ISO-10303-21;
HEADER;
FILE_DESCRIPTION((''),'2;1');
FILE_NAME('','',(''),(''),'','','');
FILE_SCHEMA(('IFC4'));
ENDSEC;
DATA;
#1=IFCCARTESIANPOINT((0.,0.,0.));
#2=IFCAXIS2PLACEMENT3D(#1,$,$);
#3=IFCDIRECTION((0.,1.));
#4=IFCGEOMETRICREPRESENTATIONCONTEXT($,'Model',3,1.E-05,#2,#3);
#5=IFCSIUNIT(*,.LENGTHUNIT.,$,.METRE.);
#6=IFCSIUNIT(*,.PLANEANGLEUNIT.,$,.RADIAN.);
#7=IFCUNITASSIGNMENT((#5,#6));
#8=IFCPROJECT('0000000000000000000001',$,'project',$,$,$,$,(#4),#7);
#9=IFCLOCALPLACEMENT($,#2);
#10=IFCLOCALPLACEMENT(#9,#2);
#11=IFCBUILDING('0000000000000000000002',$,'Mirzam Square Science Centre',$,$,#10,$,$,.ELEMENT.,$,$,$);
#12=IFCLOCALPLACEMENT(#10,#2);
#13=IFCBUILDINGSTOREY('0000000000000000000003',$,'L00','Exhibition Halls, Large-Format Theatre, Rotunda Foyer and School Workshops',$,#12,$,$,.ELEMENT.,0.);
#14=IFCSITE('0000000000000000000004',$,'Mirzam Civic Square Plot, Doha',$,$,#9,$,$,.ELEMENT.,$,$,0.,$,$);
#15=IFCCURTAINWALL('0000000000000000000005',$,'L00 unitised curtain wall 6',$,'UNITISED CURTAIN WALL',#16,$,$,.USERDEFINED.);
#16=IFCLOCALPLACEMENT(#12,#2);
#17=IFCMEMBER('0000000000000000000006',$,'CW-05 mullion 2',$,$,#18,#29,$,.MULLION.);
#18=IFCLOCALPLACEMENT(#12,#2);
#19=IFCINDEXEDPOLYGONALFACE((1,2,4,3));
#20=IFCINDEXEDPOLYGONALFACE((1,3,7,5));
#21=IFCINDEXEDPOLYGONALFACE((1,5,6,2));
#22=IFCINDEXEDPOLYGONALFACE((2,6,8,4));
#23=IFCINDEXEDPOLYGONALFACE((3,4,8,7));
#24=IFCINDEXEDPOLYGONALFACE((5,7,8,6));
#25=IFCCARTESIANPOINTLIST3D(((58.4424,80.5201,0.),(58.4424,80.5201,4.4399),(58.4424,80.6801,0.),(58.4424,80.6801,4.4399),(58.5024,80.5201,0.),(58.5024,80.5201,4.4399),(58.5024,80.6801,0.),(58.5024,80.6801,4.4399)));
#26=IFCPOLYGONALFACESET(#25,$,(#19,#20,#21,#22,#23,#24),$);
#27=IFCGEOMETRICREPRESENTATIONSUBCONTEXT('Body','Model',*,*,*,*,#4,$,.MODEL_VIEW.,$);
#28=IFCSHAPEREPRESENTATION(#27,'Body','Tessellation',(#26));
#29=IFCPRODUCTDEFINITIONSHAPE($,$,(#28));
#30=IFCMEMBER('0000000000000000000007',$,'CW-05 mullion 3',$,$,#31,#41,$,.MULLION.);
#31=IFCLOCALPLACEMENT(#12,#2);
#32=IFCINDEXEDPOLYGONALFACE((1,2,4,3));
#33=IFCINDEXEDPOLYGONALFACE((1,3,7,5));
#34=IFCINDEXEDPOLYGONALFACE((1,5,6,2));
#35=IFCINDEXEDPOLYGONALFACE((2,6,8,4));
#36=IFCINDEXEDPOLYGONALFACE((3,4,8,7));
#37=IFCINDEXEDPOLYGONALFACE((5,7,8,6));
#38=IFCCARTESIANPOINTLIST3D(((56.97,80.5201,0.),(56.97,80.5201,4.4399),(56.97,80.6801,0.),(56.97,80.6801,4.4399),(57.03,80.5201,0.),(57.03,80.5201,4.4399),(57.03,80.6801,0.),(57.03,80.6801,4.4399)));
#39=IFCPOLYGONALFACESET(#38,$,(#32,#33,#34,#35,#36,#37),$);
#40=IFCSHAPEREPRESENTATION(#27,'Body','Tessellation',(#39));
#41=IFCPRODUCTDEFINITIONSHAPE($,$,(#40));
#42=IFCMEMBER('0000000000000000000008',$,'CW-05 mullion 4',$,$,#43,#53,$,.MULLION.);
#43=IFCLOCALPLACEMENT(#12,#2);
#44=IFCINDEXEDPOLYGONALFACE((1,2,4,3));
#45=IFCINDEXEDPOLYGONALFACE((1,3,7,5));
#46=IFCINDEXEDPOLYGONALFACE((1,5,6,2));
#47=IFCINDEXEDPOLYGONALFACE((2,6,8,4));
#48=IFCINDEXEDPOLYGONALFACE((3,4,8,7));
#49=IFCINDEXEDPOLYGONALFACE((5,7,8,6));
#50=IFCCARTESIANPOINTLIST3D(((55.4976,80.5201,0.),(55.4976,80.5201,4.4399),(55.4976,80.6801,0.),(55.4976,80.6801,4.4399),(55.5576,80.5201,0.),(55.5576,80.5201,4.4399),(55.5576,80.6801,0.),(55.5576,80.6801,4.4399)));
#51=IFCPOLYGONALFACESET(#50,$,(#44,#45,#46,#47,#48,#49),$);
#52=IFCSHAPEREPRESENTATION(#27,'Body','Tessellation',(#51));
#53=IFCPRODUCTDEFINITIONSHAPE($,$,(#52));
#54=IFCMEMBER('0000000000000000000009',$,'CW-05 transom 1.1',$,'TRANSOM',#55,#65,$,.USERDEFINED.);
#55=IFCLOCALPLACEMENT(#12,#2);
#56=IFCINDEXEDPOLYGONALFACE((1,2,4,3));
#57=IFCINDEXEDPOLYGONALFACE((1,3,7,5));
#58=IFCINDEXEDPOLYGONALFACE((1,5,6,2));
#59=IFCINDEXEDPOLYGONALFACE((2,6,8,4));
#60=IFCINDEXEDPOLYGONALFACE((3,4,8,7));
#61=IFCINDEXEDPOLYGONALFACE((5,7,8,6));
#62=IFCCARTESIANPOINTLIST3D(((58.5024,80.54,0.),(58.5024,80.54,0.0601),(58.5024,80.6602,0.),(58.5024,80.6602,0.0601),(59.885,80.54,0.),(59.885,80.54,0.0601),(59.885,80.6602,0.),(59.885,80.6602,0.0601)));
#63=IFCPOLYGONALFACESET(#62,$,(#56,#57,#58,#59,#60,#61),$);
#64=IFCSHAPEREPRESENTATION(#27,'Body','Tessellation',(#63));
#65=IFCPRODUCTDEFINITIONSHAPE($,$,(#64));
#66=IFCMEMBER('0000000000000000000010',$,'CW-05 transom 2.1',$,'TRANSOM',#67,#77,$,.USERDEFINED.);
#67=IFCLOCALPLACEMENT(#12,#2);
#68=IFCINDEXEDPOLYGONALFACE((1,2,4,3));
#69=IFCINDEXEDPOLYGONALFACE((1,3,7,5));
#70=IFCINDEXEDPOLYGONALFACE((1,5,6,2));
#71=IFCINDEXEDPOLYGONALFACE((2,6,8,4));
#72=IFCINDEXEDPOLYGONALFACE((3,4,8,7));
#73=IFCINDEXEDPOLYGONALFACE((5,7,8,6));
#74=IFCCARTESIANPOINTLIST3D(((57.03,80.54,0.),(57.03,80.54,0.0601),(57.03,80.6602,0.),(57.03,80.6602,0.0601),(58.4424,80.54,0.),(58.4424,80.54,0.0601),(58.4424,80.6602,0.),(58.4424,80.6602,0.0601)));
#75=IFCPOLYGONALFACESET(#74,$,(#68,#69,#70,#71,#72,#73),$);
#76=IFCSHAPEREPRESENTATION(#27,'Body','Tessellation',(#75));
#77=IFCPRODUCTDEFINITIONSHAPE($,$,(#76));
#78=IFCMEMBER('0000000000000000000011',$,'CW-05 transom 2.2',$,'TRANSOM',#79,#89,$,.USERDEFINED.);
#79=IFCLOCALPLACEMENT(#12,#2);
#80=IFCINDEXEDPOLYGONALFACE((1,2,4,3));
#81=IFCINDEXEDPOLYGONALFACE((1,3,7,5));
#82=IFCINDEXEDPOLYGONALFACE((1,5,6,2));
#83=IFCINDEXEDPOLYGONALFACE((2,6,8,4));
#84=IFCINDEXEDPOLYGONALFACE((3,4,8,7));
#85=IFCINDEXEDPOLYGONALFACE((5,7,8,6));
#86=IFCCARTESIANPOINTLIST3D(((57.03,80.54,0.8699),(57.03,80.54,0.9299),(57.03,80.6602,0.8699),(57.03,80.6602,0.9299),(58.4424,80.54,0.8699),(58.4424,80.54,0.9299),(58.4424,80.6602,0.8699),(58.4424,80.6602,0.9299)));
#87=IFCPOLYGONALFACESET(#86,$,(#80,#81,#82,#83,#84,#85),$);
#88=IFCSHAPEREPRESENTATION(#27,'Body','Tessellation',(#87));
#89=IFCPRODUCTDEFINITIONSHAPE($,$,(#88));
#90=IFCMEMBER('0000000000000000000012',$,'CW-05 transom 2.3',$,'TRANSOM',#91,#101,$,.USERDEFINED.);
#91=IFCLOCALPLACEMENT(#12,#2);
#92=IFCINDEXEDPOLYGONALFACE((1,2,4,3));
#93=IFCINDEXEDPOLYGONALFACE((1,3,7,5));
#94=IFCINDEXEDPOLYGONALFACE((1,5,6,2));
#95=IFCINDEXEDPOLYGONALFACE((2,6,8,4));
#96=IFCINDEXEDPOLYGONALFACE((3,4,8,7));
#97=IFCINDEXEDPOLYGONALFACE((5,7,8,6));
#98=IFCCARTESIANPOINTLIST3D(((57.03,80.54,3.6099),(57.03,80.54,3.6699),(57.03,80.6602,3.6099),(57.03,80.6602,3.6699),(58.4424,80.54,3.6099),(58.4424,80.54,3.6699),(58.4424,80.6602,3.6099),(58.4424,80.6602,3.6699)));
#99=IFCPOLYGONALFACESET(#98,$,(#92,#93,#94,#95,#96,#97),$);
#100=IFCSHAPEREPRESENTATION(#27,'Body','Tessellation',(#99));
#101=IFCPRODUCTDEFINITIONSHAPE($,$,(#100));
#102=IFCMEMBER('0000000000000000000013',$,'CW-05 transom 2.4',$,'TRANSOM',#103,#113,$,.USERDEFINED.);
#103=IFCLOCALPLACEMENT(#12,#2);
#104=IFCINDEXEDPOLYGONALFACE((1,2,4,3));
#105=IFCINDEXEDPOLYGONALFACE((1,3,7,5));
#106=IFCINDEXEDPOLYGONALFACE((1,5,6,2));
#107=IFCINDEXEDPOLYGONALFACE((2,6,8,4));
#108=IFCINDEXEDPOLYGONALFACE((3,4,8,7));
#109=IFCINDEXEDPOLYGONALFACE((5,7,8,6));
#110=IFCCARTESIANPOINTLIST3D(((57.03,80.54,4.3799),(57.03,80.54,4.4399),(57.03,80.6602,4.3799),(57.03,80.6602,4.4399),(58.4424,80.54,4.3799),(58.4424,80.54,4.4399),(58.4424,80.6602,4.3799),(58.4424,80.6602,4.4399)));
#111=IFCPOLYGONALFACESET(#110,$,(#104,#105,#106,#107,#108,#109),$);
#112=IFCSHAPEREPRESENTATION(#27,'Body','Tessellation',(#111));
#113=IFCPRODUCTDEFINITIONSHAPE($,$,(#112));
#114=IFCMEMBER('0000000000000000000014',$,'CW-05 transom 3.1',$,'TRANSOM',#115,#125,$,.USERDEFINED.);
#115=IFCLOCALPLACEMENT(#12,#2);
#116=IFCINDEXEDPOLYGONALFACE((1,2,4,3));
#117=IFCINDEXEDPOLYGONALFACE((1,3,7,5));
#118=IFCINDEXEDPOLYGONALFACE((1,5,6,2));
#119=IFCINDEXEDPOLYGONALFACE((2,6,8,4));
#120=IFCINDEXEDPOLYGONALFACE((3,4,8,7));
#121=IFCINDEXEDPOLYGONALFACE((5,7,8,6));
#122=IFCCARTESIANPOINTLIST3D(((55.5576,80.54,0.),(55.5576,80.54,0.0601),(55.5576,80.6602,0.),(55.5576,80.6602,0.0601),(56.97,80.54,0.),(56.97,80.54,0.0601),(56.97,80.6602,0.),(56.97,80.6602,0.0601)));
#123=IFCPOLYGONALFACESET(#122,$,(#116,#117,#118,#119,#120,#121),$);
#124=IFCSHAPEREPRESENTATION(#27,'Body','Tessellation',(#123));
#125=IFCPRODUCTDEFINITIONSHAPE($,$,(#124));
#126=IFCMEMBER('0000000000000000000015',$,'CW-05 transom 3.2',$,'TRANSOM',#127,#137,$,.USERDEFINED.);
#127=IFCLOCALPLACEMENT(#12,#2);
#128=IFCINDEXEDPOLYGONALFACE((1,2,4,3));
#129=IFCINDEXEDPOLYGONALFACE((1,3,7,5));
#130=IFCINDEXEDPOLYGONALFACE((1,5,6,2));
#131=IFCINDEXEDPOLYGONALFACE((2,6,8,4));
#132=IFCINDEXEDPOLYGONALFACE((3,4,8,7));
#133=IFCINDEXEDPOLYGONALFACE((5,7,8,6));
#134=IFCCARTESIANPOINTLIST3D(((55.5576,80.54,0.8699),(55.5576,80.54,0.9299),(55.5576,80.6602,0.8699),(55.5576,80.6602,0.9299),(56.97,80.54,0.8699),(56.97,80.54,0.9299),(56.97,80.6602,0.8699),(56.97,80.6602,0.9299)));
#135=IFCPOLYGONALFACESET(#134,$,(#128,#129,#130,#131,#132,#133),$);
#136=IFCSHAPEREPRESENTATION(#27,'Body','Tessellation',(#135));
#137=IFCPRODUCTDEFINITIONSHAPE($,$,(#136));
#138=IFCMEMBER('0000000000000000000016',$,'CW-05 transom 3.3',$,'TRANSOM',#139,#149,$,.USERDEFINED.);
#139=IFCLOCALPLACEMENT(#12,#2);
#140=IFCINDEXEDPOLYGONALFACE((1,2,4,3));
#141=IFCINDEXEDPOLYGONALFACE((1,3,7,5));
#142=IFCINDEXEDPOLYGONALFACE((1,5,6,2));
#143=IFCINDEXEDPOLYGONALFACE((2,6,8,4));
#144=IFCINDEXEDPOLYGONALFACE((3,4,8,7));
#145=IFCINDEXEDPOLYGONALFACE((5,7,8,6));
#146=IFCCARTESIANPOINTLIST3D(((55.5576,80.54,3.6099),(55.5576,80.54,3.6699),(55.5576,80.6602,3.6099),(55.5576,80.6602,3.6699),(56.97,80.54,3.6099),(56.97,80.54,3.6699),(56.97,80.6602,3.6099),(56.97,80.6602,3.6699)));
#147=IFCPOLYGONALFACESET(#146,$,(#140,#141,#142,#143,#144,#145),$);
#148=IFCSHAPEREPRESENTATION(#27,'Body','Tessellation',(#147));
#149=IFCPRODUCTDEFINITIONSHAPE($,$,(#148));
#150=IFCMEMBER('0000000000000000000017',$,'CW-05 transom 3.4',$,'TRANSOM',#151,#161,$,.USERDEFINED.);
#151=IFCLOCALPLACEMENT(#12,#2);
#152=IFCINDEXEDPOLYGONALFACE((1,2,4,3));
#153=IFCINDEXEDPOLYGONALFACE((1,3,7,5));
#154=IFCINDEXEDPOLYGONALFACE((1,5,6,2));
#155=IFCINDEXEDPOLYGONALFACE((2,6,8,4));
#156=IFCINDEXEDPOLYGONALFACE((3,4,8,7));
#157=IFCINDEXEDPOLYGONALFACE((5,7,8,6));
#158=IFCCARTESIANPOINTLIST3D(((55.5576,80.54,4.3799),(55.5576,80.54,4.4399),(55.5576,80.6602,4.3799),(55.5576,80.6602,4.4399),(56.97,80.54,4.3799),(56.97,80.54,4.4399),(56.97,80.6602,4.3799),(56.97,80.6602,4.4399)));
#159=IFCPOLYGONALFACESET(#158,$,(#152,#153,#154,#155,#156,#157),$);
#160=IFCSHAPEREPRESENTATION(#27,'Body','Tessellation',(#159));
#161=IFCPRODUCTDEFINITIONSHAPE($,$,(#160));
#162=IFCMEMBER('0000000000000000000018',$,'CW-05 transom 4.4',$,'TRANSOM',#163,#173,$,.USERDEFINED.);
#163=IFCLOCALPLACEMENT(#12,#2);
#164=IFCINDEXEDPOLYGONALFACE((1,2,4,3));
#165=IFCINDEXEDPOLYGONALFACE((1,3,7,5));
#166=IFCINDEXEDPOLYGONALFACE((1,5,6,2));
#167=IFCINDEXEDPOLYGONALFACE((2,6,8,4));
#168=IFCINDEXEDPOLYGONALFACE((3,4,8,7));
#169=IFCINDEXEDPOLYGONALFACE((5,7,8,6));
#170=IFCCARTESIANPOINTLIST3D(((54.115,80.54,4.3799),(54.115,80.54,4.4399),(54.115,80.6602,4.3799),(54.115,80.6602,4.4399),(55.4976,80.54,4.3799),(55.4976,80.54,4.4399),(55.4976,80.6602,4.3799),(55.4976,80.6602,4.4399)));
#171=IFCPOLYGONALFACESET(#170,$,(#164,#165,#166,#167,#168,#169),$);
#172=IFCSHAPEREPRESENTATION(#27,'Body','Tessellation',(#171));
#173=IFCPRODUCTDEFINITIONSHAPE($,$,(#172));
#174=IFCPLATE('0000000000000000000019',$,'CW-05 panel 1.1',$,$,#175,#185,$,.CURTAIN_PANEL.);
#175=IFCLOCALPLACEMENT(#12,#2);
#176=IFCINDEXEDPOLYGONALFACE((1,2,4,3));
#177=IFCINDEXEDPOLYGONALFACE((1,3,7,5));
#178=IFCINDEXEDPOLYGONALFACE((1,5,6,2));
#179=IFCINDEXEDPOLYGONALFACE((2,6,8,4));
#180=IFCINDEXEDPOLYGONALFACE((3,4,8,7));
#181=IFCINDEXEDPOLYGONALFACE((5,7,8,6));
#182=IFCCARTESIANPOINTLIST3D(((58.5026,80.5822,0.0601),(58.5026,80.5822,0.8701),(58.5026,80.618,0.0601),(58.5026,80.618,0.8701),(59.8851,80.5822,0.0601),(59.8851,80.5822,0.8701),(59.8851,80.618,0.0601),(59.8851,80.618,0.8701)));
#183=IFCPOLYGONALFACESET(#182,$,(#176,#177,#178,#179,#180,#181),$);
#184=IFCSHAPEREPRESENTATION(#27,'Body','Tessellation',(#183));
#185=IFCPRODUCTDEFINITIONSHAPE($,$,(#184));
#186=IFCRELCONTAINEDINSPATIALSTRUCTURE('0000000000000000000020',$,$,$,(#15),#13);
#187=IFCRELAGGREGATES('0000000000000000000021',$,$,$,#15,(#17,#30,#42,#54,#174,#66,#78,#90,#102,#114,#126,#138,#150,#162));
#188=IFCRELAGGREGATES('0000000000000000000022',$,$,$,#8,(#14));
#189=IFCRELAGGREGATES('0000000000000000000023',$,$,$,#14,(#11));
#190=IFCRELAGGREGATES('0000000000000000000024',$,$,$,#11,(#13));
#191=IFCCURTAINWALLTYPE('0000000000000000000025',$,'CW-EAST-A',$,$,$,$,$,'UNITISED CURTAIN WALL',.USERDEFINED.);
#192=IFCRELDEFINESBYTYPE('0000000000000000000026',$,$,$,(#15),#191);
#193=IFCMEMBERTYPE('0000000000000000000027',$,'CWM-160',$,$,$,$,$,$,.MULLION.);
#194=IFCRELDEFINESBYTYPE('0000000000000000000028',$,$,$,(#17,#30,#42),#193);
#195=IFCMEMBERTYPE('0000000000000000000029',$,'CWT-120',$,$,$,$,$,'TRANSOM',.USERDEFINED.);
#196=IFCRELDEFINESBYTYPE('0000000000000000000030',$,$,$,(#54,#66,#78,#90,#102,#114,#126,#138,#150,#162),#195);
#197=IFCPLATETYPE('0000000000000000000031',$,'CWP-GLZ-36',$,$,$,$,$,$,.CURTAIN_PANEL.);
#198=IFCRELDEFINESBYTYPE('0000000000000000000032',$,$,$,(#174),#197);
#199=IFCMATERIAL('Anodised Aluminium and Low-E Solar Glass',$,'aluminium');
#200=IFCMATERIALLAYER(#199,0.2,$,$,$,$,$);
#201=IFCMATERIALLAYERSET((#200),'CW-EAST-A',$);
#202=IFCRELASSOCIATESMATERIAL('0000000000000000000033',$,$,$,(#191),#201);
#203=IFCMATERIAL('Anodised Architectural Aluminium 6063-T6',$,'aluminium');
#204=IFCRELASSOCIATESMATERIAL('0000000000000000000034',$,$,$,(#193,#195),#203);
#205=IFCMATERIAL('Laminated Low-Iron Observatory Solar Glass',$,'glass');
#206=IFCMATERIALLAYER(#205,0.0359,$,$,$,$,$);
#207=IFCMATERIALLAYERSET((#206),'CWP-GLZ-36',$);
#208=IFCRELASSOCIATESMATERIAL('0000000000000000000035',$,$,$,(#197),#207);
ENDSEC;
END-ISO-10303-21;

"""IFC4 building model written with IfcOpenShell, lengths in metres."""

from ifc_helpers import new_model, si_unit, direction, frame, origin, origin_2d, place, context, subcontext, project, spatial, rectangle, extrude, material, layer, layer_set, material_profile, profile_set, type_object, element, aggregate, save


model = new_model("IFC4")

# Units and contexts
model_context = context("Model", 3, precision=1e-05, world=origin(), true_north=direction((0.0, 1.0)))
body_context = subcontext(model_context, "Body", "Model", "MODEL_VIEW")
ifc_project = project(units=[si_unit("LENGTHUNIT", "METRE"), si_unit("PLANEANGLEUNIT", "RADIAN")], contexts=[model_context])

# Site, building, storey
site_placement = place(None, origin())
site = spatial("IfcSite", under=ifc_project, at=site_placement, Name="Mirzam Civic Square Plot, Doha", CompositionType="ELEMENT", RefElevation=0.0)
building_placement = place(site_placement, origin())
building = spatial("IfcBuilding", under=site, at=building_placement, Name="Mirzam Square Science Centre", CompositionType="ELEMENT")
storey_placement = place(building_placement, origin())
storey = spatial("IfcBuildingStorey", under=building, at=storey_placement, Name="L00", Description="Exhibition Halls, Large-Format Theatre, Rotunda Foyer and School Workshops", CompositionType="ELEMENT", Elevation=0.0)

# Curtain wall, members, plate
ifc_material_1 = material(Name="Anodised Aluminium and Low-E Solar Glass", Category="aluminium")
ifc_layer_1 = layer(ifc_material_1, 0.2)
ifc_layer_set_1 = layer_set([ifc_layer_1], Name="CW-EAST-A")
curtain_wall_type = type_object("IfcCurtainWallType", Name="CW-EAST-A", ElementType="UNITISED CURTAIN WALL", PredefinedType="USERDEFINED", material=ifc_layer_set_1)
curtain_wall_placement = place(storey_placement, origin())
curtain_wall = element("IfcCurtainWall", 1, at=curtain_wall_placement, inside=storey, type_object=curtain_wall_type, Name="L00 unitised curtain wall 6", ObjectType="UNITISED CURTAIN WALL", PredefinedType="USERDEFINED")
ifc_material_2 = material(Name="Anodised Architectural Aluminium 6063-T6", Category="aluminium")
ifc_material_profile_1 = material_profile(ifc_material_2, rectangle(XDim=0.0601, YDim=0.1599, at=origin_2d()), Name="ALU-MULL-160x60x4")
ifc_profile_set_1 = profile_set([ifc_material_profile_1], Name="Anodised Architectural Aluminium 6063-T6")
member_type_1 = type_object("IfcMemberType", Name="CWM-160", PredefinedType="MULLION", material=ifc_profile_set_1)
member_1_placement = place(storey_placement, frame((58.4724, 80.6001, 0.0), z_axis=(0.0, 0.0, 1.0), x_axis=(-1.0, 0.0, 0.0)))
member_1 = element("IfcMember", 2, at=member_1_placement, type_object=member_type_1, Name="CW-05 mullion 2", PredefinedType="MULLION", context=body_context, shape_type="SweptSolid", body=[
    extrude(rectangle(XDim=0.0601, YDim=0.1599, at=origin_2d()), origin(), (0.0, 0.0, 1.0), 4.4399),
])
member_2_placement = place(storey_placement, frame((57.0, 80.6001, 0.0), z_axis=(0.0, 0.0, 1.0), x_axis=(-1.0, 0.0, 0.0)))
member_2 = element("IfcMember", 3, at=member_2_placement, type_object=member_type_1, Name="CW-05 mullion 3", PredefinedType="MULLION", context=body_context, shape_type="SweptSolid", body=[
    extrude(rectangle(XDim=0.0601, YDim=0.1599, at=origin_2d()), origin(), (0.0, 0.0, 1.0), 4.4399),
])
member_3_placement = place(storey_placement, frame((55.5276, 80.6001, 0.0), z_axis=(0.0, 0.0, 1.0), x_axis=(-1.0, 0.0, 0.0)))
member_3 = element("IfcMember", 4, at=member_3_placement, type_object=member_type_1, Name="CW-05 mullion 4", PredefinedType="MULLION", context=body_context, shape_type="SweptSolid", body=[
    extrude(rectangle(XDim=0.0601, YDim=0.1599, at=origin_2d()), origin(), (0.0, 0.0, 1.0), 4.4399),
])
ifc_material_profile_2 = material_profile(ifc_material_2, rectangle(XDim=0.1201, YDim=0.0601, at=origin_2d()), Name="ALU-TRAN-120x60x4")
ifc_profile_set_2 = profile_set([ifc_material_profile_2], Name="Anodised Architectural Aluminium 6063-T6")
member_type_2 = type_object("IfcMemberType", Name="CWT-120", ElementType="TRANSOM", PredefinedType="USERDEFINED", material=ifc_profile_set_2)
member_4_placement = place(storey_placement, frame((59.885, 80.6001, 0.03), z_axis=(-1.0, 0.0, 0.0), x_axis=(0.0, -1.0, 0.0)))
member_4 = element("IfcMember", 5, at=member_4_placement, type_object=member_type_2, Name="CW-05 transom 1.1", ObjectType="TRANSOM", PredefinedType="USERDEFINED", context=body_context, shape_type="SweptSolid", body=[
    extrude(rectangle(XDim=0.1201, YDim=0.0601, at=origin_2d()), origin(), (0.0, 0.0, 1.0), 1.3826),
])
member_5_placement = place(storey_placement, frame((58.4424, 80.6001, 0.03), z_axis=(-1.0, 0.0, 0.0), x_axis=(0.0, -1.0, 0.0)))
member_5 = element("IfcMember", 6, at=member_5_placement, type_object=member_type_2, Name="CW-05 transom 2.1", ObjectType="TRANSOM", PredefinedType="USERDEFINED", context=body_context, shape_type="SweptSolid", body=[
    extrude(rectangle(XDim=0.1201, YDim=0.0601, at=origin_2d()), origin(), (0.0, 0.0, 1.0), 1.4124),
])
member_6_placement = place(storey_placement, frame((58.4424, 80.6001, 0.8999), z_axis=(-1.0, 0.0, 0.0), x_axis=(0.0, -1.0, 0.0)))
member_6 = element("IfcMember", 7, at=member_6_placement, type_object=member_type_2, Name="CW-05 transom 2.2", ObjectType="TRANSOM", PredefinedType="USERDEFINED", context=body_context, shape_type="SweptSolid", body=[
    extrude(rectangle(XDim=0.1201, YDim=0.0601, at=origin_2d()), origin(), (0.0, 0.0, 1.0), 1.4124),
])
member_7_placement = place(storey_placement, frame((58.4424, 80.6001, 3.6399), z_axis=(-1.0, 0.0, 0.0), x_axis=(0.0, -1.0, 0.0)))
member_7 = element("IfcMember", 8, at=member_7_placement, type_object=member_type_2, Name="CW-05 transom 2.3", ObjectType="TRANSOM", PredefinedType="USERDEFINED", context=body_context, shape_type="SweptSolid", body=[
    extrude(rectangle(XDim=0.1201, YDim=0.0601, at=origin_2d()), origin(), (0.0, 0.0, 1.0), 1.4124),
])
member_8_placement = place(storey_placement, frame((58.4424, 80.6001, 4.4099), z_axis=(-1.0, 0.0, 0.0), x_axis=(0.0, -1.0, 0.0)))
member_8 = element("IfcMember", 9, at=member_8_placement, type_object=member_type_2, Name="CW-05 transom 2.4", ObjectType="TRANSOM", PredefinedType="USERDEFINED", context=body_context, shape_type="SweptSolid", body=[
    extrude(rectangle(XDim=0.1201, YDim=0.0601, at=origin_2d()), origin(), (0.0, 0.0, 1.0), 1.4124),
])
member_9_placement = place(storey_placement, frame((56.97, 80.6001, 0.03), z_axis=(-1.0, 0.0, 0.0), x_axis=(0.0, -1.0, 0.0)))
member_9 = element("IfcMember", 10, at=member_9_placement, type_object=member_type_2, Name="CW-05 transom 3.1", ObjectType="TRANSOM", PredefinedType="USERDEFINED", context=body_context, shape_type="SweptSolid", body=[
    extrude(rectangle(XDim=0.1201, YDim=0.0601, at=origin_2d()), origin(), (0.0, 0.0, 1.0), 1.4124),
])
member_10_placement = place(storey_placement, frame((56.97, 80.6001, 0.8999), z_axis=(-1.0, 0.0, 0.0), x_axis=(0.0, -1.0, 0.0)))
member_10 = element("IfcMember", 11, at=member_10_placement, type_object=member_type_2, Name="CW-05 transom 3.2", ObjectType="TRANSOM", PredefinedType="USERDEFINED", context=body_context, shape_type="SweptSolid", body=[
    extrude(rectangle(XDim=0.1201, YDim=0.0601, at=origin_2d()), origin(), (0.0, 0.0, 1.0), 1.4124),
])
member_11_placement = place(storey_placement, frame((56.97, 80.6001, 3.6399), z_axis=(-1.0, 0.0, 0.0), x_axis=(0.0, -1.0, 0.0)))
member_11 = element("IfcMember", 12, at=member_11_placement, type_object=member_type_2, Name="CW-05 transom 3.3", ObjectType="TRANSOM", PredefinedType="USERDEFINED", context=body_context, shape_type="SweptSolid", body=[
    extrude(rectangle(XDim=0.1201, YDim=0.0601, at=origin_2d()), origin(), (0.0, 0.0, 1.0), 1.4124),
])
member_12_placement = place(storey_placement, frame((56.97, 80.6001, 4.4099), z_axis=(-1.0, 0.0, 0.0), x_axis=(0.0, -1.0, 0.0)))
member_12 = element("IfcMember", 13, at=member_12_placement, type_object=member_type_2, Name="CW-05 transom 3.4", ObjectType="TRANSOM", PredefinedType="USERDEFINED", context=body_context, shape_type="SweptSolid", body=[
    extrude(rectangle(XDim=0.1201, YDim=0.0601, at=origin_2d()), origin(), (0.0, 0.0, 1.0), 1.4124),
])
member_13_placement = place(storey_placement, frame((55.4976, 80.6001, 4.4099), z_axis=(-1.0, 0.0, 0.0), x_axis=(0.0, -1.0, 0.0)))
member_13 = element("IfcMember", 14, at=member_13_placement, type_object=member_type_2, Name="CW-05 transom 4.4", ObjectType="TRANSOM", PredefinedType="USERDEFINED", context=body_context, shape_type="SweptSolid", body=[
    extrude(rectangle(XDim=0.1201, YDim=0.0601, at=origin_2d()), origin(), (0.0, 0.0, 1.0), 1.3826),
])
ifc_material_3 = material(Name="Laminated Low-Iron Observatory Solar Glass", Category="glass")
ifc_layer_2 = layer(ifc_material_3, 0.0359)
ifc_layer_set_2 = layer_set([ifc_layer_2], Name="CWP-GLZ-36")
plate_type = type_object("IfcPlateType", Name="CWP-GLZ-36", PredefinedType="CURTAIN_PANEL", material=ifc_layer_set_2)
plate_1_placement = place(storey_placement, frame((59.1938, 80.6001, 0.0601), z_axis=(0.0, 0.0, 1.0), x_axis=(-1.0, 0.0, 0.0)))
plate_1 = element("IfcPlate", 15, at=plate_1_placement, type_object=plate_type, Name="CW-05 panel 1.1", PredefinedType="CURTAIN_PANEL", context=body_context, shape_type="SweptSolid", body=[
    extrude(rectangle(XDim=1.3826, YDim=0.0359, at=origin_2d()), origin(), (0.0, 0.0, 1.0), 0.8101),
])
aggregate(curtain_wall, [member_1, member_2, member_3, member_4, plate_1, member_5, member_6, member_7, member_8, member_9, member_10, member_11, member_12, member_13])

save(model, "model.ifc")
